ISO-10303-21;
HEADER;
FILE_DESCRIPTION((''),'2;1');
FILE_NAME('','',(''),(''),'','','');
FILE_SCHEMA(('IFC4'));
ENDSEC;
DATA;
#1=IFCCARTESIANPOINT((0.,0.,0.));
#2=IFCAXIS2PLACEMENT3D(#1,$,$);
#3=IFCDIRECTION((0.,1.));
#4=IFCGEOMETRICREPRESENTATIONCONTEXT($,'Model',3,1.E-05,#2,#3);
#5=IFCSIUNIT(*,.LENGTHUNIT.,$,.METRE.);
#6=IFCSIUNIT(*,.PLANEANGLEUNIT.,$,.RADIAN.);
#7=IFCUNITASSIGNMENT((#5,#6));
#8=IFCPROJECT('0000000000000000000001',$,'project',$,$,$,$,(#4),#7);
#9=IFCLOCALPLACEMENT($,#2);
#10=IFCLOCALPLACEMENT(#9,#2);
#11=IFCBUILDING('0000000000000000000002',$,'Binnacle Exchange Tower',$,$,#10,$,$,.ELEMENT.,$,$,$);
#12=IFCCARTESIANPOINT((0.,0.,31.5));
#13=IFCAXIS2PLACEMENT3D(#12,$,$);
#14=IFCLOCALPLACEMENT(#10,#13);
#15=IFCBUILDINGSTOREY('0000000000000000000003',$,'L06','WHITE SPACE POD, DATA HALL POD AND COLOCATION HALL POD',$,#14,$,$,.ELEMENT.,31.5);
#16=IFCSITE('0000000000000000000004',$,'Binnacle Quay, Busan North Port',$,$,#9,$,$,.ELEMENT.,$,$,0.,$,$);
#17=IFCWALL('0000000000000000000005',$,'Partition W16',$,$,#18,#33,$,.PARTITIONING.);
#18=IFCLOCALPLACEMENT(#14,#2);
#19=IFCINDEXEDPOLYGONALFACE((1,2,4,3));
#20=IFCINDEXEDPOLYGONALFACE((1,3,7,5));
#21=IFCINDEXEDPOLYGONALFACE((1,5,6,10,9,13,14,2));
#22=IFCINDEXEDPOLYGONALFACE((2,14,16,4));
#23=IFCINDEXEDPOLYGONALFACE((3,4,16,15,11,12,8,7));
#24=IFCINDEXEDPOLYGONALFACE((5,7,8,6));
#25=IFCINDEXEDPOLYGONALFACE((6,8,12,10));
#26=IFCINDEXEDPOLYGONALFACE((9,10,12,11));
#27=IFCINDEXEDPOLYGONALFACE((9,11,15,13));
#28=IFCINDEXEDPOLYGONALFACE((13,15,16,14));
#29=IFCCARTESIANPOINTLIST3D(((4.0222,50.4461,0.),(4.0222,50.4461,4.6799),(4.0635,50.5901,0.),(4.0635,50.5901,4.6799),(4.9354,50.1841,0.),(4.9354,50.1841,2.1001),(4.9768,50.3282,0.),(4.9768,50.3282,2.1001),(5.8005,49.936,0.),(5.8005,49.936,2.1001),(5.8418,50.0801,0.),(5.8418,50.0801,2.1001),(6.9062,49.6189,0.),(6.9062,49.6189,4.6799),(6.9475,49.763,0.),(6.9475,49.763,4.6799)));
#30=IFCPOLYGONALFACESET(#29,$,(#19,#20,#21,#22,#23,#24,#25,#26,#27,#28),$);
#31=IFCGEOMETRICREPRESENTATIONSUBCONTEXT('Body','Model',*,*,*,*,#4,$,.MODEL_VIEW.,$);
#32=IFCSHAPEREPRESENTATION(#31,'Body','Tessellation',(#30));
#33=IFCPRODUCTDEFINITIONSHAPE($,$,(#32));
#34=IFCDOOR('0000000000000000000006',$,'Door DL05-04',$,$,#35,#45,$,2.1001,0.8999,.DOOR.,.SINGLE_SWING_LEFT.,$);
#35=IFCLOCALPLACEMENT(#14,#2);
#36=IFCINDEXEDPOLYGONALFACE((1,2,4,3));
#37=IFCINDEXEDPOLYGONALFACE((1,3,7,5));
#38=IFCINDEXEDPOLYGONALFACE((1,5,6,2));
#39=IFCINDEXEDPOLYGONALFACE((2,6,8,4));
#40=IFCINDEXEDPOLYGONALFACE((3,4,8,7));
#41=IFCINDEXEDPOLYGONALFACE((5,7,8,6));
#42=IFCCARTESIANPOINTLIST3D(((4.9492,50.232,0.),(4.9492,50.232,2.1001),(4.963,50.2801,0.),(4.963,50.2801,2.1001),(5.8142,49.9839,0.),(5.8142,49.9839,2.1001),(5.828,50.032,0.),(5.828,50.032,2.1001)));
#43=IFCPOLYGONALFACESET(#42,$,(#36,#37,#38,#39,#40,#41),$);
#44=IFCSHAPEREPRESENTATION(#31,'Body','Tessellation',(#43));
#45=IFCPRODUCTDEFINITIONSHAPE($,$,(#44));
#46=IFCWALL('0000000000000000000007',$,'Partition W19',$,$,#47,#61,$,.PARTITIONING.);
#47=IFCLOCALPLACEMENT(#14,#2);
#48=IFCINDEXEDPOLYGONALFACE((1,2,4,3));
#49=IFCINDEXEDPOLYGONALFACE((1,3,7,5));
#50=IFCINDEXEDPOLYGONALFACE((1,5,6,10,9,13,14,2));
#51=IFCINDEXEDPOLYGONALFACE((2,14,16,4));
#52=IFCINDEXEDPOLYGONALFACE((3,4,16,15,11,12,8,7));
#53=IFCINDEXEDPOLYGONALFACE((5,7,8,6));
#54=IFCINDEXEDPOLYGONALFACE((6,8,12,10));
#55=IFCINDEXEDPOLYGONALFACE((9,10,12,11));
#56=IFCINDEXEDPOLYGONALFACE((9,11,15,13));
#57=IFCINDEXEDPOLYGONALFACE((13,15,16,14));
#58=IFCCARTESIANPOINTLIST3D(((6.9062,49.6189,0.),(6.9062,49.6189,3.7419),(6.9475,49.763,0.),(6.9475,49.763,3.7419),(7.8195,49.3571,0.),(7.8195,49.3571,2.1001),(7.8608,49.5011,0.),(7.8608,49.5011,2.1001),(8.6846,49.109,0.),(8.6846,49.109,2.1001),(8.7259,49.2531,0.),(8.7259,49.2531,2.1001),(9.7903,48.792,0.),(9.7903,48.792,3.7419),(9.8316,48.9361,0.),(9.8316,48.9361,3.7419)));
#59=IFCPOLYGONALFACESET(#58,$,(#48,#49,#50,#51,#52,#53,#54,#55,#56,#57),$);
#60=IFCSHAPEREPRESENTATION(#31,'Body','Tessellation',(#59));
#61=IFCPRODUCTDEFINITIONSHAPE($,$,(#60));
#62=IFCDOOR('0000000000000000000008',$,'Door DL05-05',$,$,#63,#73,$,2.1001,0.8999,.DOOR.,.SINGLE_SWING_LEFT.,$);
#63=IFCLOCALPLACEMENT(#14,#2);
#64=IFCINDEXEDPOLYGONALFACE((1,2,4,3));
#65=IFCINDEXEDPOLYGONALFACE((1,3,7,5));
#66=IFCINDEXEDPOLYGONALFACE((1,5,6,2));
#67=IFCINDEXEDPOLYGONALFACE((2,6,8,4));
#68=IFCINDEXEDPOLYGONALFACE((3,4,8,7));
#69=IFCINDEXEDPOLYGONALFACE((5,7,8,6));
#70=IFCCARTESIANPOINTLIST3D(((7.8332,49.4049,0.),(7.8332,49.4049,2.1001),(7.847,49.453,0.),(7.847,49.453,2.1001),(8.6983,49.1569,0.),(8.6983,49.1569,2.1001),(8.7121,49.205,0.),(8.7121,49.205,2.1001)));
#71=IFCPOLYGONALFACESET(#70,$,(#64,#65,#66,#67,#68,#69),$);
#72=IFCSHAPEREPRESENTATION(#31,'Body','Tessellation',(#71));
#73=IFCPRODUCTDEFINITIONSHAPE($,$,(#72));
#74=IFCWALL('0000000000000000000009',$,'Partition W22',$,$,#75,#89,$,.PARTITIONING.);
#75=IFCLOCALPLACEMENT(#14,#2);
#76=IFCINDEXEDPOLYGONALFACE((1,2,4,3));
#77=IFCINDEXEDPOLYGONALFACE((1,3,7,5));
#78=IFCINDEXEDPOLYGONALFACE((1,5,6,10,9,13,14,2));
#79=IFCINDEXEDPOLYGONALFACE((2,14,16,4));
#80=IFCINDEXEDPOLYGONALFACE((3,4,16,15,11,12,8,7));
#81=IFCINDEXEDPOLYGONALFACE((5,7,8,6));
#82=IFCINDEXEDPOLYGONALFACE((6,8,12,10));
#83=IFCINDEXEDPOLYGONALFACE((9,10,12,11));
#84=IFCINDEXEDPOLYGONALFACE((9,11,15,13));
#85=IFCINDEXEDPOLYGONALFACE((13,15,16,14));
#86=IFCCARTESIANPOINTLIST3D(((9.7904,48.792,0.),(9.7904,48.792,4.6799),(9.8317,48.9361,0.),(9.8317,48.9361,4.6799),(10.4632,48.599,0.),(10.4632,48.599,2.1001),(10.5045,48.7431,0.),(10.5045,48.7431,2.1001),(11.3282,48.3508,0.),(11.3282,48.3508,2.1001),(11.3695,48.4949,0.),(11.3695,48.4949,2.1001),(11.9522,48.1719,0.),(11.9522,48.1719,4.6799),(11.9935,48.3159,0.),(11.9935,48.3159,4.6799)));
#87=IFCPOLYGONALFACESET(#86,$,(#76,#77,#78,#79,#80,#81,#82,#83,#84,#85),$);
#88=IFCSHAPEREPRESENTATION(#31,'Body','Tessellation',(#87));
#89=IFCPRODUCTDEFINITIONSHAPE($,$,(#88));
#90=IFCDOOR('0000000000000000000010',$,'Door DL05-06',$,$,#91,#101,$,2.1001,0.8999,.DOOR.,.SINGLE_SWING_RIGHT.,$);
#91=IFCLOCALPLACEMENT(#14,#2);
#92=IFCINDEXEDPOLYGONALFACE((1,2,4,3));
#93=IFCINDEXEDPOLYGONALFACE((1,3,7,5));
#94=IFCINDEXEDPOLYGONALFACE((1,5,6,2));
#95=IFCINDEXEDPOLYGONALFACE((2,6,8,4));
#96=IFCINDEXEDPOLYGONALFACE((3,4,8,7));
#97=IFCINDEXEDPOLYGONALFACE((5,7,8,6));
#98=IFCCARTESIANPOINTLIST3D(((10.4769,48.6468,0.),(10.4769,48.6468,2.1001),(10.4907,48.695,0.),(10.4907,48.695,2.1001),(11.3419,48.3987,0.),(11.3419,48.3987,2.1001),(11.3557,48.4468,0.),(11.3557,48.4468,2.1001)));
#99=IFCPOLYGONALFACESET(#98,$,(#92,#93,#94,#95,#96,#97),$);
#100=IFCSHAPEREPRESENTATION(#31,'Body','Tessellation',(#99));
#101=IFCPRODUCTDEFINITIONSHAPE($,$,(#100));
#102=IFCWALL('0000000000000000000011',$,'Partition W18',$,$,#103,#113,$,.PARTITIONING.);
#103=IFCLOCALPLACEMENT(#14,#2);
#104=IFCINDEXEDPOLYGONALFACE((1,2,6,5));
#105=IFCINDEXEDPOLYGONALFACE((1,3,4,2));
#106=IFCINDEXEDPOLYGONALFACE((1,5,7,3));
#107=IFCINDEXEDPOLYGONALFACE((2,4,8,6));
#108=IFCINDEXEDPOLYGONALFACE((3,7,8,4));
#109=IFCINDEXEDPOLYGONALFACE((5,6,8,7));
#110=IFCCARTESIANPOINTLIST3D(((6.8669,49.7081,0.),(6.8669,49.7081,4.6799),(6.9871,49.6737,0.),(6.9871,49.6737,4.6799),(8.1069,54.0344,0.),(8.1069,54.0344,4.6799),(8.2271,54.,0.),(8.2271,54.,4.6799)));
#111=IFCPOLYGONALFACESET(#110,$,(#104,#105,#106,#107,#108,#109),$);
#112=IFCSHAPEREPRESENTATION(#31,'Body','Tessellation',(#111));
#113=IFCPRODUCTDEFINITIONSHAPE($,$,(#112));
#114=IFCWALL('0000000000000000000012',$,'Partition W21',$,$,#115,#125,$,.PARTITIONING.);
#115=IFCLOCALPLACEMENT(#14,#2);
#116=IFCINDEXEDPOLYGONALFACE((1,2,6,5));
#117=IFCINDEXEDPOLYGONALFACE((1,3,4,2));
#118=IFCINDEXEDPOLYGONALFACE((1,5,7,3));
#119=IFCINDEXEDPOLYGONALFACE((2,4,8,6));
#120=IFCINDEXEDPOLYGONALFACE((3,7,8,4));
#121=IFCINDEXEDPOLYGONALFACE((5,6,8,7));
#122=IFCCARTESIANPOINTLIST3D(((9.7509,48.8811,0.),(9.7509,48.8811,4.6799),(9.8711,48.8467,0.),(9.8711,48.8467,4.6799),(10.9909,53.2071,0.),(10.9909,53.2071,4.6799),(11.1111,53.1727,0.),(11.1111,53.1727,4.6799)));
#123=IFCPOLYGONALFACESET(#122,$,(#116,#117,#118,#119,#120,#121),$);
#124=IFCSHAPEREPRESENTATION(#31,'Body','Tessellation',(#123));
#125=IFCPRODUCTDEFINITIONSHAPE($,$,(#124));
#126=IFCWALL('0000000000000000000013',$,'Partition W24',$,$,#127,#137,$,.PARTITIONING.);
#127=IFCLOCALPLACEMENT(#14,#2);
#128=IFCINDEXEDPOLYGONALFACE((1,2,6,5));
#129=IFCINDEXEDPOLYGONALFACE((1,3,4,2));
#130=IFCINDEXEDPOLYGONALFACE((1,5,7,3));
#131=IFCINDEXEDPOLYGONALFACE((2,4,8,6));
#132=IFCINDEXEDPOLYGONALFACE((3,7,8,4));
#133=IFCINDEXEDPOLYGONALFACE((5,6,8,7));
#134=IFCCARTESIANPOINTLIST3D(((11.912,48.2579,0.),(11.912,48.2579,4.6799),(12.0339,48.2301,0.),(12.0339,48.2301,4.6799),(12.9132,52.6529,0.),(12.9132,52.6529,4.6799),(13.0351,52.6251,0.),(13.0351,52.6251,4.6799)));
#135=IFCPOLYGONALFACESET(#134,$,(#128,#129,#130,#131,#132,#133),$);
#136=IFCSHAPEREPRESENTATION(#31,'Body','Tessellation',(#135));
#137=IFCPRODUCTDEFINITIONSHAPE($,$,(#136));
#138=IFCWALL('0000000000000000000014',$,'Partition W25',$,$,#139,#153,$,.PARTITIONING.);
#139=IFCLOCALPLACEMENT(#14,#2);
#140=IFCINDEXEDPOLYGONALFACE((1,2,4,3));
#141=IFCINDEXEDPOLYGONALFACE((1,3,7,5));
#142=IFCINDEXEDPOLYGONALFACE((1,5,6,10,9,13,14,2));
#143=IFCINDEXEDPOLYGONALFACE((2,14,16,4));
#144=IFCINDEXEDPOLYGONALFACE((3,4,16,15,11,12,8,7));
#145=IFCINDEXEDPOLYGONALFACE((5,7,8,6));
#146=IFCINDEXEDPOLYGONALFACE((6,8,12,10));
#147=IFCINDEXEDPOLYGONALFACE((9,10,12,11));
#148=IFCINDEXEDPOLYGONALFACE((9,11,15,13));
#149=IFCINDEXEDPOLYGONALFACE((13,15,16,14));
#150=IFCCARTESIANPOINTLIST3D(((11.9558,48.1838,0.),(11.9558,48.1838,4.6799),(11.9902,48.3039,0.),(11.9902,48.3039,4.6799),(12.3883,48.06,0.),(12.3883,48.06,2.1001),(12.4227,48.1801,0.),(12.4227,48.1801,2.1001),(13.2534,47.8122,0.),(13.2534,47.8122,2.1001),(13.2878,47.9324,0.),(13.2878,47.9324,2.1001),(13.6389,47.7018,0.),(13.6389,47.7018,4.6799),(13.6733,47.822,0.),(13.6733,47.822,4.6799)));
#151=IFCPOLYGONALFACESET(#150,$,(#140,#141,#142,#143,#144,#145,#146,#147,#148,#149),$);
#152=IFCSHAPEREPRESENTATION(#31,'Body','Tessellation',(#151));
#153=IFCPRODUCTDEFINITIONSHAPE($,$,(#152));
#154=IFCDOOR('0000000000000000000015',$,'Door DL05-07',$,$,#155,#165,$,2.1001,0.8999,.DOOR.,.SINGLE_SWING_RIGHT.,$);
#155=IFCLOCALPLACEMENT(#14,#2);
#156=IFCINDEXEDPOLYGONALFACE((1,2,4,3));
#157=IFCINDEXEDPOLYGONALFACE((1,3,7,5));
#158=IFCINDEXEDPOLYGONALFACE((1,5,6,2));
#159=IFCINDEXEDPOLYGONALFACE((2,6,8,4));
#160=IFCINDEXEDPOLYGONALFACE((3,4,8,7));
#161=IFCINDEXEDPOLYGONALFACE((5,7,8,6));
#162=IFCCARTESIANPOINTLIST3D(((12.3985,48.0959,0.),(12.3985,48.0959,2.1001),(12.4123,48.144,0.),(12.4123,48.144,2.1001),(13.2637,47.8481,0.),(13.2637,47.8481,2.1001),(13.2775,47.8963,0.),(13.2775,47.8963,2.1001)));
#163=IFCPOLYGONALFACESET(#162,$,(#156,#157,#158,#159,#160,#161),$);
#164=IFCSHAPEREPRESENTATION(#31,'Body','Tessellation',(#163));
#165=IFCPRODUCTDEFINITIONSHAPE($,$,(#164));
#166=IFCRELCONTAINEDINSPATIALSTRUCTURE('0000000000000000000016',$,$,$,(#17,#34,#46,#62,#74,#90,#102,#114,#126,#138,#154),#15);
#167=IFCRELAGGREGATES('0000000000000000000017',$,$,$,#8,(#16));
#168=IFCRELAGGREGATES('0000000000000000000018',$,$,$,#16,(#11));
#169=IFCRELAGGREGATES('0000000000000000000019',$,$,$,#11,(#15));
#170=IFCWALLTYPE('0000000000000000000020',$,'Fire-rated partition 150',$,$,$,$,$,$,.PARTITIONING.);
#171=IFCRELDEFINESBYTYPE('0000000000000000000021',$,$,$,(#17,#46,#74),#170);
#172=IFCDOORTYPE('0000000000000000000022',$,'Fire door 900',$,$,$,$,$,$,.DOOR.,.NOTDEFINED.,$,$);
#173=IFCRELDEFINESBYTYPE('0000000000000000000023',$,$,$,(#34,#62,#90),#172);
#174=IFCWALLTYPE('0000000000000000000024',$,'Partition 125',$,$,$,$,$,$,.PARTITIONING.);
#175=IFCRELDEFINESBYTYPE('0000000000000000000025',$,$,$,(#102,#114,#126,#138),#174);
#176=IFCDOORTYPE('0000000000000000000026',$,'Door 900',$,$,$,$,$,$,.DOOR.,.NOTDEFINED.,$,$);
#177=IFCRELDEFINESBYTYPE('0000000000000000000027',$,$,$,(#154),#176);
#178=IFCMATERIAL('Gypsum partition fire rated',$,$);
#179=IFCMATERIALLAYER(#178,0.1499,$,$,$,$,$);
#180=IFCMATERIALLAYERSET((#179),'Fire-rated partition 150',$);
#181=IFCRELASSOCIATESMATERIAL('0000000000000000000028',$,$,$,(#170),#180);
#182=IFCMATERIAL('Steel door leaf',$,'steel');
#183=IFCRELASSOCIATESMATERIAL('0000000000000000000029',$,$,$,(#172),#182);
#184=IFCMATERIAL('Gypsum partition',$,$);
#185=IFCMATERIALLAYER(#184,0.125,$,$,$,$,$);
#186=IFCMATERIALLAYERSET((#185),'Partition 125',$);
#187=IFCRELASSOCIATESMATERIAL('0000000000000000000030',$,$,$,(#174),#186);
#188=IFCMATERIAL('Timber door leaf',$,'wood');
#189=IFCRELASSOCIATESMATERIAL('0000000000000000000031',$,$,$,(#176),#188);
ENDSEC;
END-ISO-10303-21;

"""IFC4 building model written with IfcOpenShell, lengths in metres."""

from ifc_helpers import new_model, si_unit, direction, frame, frame_2d, origin, place, context, subcontext, project, spatial, rectangle, extrude, material, layer, layer_set, type_object, element, fill, save


model = new_model("IFC4")

# Units and contexts
model_context = context("Model", 3, precision=1e-05, world=origin(), true_north=direction((0.0, 1.0)))
body_context = subcontext(model_context, "Body", "Model", "MODEL_VIEW")
ifc_project = project(units=[si_unit("LENGTHUNIT", "METRE"), si_unit("PLANEANGLEUNIT", "RADIAN")], contexts=[model_context])

# Site, building, storey
site_placement = place(None, origin())
site = spatial("IfcSite", under=ifc_project, at=site_placement, Name="Binnacle Quay, Busan North Port", CompositionType="ELEMENT", RefElevation=0.0)
building_placement = place(site_placement, origin())
building = spatial("IfcBuilding", under=site, at=building_placement, Name="Binnacle Exchange Tower", CompositionType="ELEMENT")
storey_placement = place(building_placement, frame((0.0, 0.0, 31.5)))
storey = spatial("IfcBuildingStorey", under=building, at=storey_placement, Name="L06", Description="WHITE SPACE POD, DATA HALL POD AND COLOCATION HALL POD", CompositionType="ELEMENT", Elevation=31.5)

# Walls, openings, doors
ifc_material_1 = material(Name="Gypsum partition fire rated")
ifc_layer_1 = layer(ifc_material_1, 0.1499)
ifc_layer_set_1 = layer_set([ifc_layer_1], Name="Fire-rated partition 150")
wall_type_1 = type_object("IfcWallType", Name="Fire-rated partition 150", PredefinedType="PARTITIONING", material=ifc_layer_set_1)
wall_1_placement = place(storey_placement, frame((4.043, 50.5181, 0.0), z_axis=(0.0, 0.0, 1.0), x_axis=(0.961247, -0.275688, 0.0)))
wall_1 = element("IfcWall", 1, at=wall_1_placement, inside=storey, type_object=wall_type_1, Name="Partition W16", PredefinedType="PARTITIONING", context=body_context, shape_type="SweptSolid", body=[
    extrude(rectangle(XDim=3.0002, YDim=0.1499, at=frame_2d((1.5, 0.0))), origin(), (0.0, 0.0, 1.0), 4.6799),
])
opening_1_placement = place(wall_1_placement, frame((0.95, 0.0, 0.0)))
opening_1 = element("IfcOpeningElement", 2, at=opening_1_placement, cuts=wall_1, PredefinedType="OPENING", context=body_context, shape_type="SweptSolid", body=[
    extrude(rectangle(XDim=0.8999, YDim=2.1001, at=frame_2d((0.45, 1.05))), frame((0.0, 0.085, 0.0), z_axis=(0.0, -1.0, 0.0), x_axis=(1.0, 0.0, 0.0)), (0.0, 0.0, 1.0), 0.1699),
])
ifc_material_2 = material(Name="Steel door leaf", Category="steel")
door_type_1 = type_object("IfcDoorType", Name="Fire door 900", OperationType="NOTDEFINED", PredefinedType="DOOR", material=ifc_material_2)
door_1_placement = place(opening_1_placement, origin())
door_1 = element("IfcDoor", 3, at=door_1_placement, inside=storey, type_object=door_type_1, Name="Door DL05-04", OperationType="SINGLE_SWING_LEFT", OverallHeight=2.1001, OverallWidth=0.8999, PredefinedType="DOOR", context=body_context, shape_type="SweptSolid", body=[
    extrude(rectangle(XDim=0.8999, YDim=2.1001, at=frame_2d((0.45, 1.05))), frame((0.0, 0.0249, 0.0), z_axis=(0.0, -1.0, 0.0), x_axis=(1.0, 0.0, 0.0)), (0.0, 0.0, 1.0), 0.05),
])
fill(opening_1, door_1)
wall_2_placement = place(storey_placement, frame((6.927, 49.6909, 0.0), z_axis=(0.0, 0.0, 1.0), x_axis=(0.961269, -0.275613, 0.0)))
wall_2 = element("IfcWall", 4, at=wall_2_placement, inside=storey, type_object=wall_type_1, Name="Partition W19", PredefinedType="PARTITIONING", context=body_context, shape_type="SweptSolid", body=[
    extrude(rectangle(XDim=3.0002, YDim=0.1499, at=frame_2d((1.5, 0.0))), origin(), (0.0, 0.0, 1.0), 3.7419),
])
opening_2_placement = place(wall_2_placement, frame((0.95, 0.0, 0.0)))
opening_2 = element("IfcOpeningElement", 5, at=opening_2_placement, cuts=wall_2, PredefinedType="OPENING", context=body_context, shape_type="SweptSolid", body=[
    extrude(rectangle(XDim=0.8999, YDim=2.1001, at=frame_2d((0.45, 1.05))), frame((0.0, 0.085, 0.0), z_axis=(0.0, -1.0, 0.0), x_axis=(1.0, 0.0, 0.0)), (0.0, 0.0, 1.0), 0.1699),
])
door_2_placement = place(opening_2_placement, origin())
door_2 = element("IfcDoor", 6, at=door_2_placement, inside=storey, type_object=door_type_1, Name="Door DL05-05", OperationType="SINGLE_SWING_LEFT", OverallHeight=2.1001, OverallWidth=0.8999, PredefinedType="DOOR", context=body_context, shape_type="SweptSolid", body=[
    extrude(rectangle(XDim=0.8999, YDim=2.1001, at=frame_2d((0.45, 1.05))), frame((0.0, 0.0249, 0.0), z_axis=(0.0, -1.0, 0.0), x_axis=(1.0, 0.0, 0.0)), (0.0, 0.0, 1.0), 0.05),
])
fill(opening_2, door_2)
wall_3_placement = place(storey_placement, frame((9.811, 48.864, 0.0), z_axis=(0.0, 0.0, 1.0), x_axis=(0.961237, -0.275725, 0.0)))
wall_3 = element("IfcWall", 7, at=wall_3_placement, inside=storey, type_object=wall_type_1, Name="Partition W22", PredefinedType="PARTITIONING", context=body_context, shape_type="SweptSolid", body=[
    extrude(rectangle(XDim=2.249, YDim=0.1499, at=frame_2d((1.1245, 0.0))), origin(), (0.0, 0.0, 1.0), 4.6799),
])
opening_3_placement = place(wall_3_placement, frame((0.7, 0.0, 0.0)))
opening_3 = element("IfcOpeningElement", 8, at=opening_3_placement, cuts=wall_3, PredefinedType="OPENING", context=body_context, shape_type="SweptSolid", body=[
    extrude(rectangle(XDim=0.8999, YDim=2.1001, at=frame_2d((0.45, 1.05))), frame((0.0, 0.085, 0.0), z_axis=(0.0, -1.0, 0.0), x_axis=(1.0, 0.0, 0.0)), (0.0, 0.0, 1.0), 0.1699),
])
door_3_placement = place(opening_3_placement, origin())
door_3 = element("IfcDoor", 9, at=door_3_placement, inside=storey, type_object=door_type_1, Name="Door DL05-06", OperationType="SINGLE_SWING_RIGHT", OverallHeight=2.1001, OverallWidth=0.8999, PredefinedType="DOOR", context=body_context, shape_type="SweptSolid", body=[
    extrude(rectangle(XDim=0.8999, YDim=2.1001, at=frame_2d((0.45, 1.05))), frame((0.0, 0.0249, 0.0), z_axis=(0.0, -1.0, 0.0), x_axis=(1.0, 0.0, 0.0)), (0.0, 0.0, 1.0), 0.05),
])
fill(opening_3, door_3)

# Walls
ifc_material_3 = material(Name="Gypsum partition")
ifc_layer_2 = layer(ifc_material_3, 0.125)
ifc_layer_set_2 = layer_set([ifc_layer_2], Name="Partition 125")
wall_type_2 = type_object("IfcWallType", Name="Partition 125", PredefinedType="PARTITIONING", material=ifc_layer_set_2)
wall_4_placement = place(storey_placement, frame((6.927, 49.6909, 0.0), z_axis=(0.0, 0.0, 1.0), x_axis=(0.275531, 0.961292, 0.0)))
element("IfcWall", 10, at=wall_4_placement, inside=storey, type_object=wall_type_2, Name="Partition W18", PredefinedType="PARTITIONING", context=body_context, shape_type="SweptSolid", body=[
    extrude(rectangle(XDim=4.5005, YDim=0.125, at=frame_2d((2.2502, 0.0))), origin(), (0.0, 0.0, 1.0), 4.6799),
])
wall_5_placement = place(storey_placement, frame((9.811, 48.864, 0.0), z_axis=(0.0, 0.0, 1.0), x_axis=(0.275545, 0.961288, 0.0)))
element("IfcWall", 11, at=wall_5_placement, inside=storey, type_object=wall_type_2, Name="Partition W21", PredefinedType="PARTITIONING", context=body_context, shape_type="SweptSolid", body=[
    extrude(rectangle(XDim=4.5002, YDim=0.125, at=frame_2d((2.25, 0.0))), origin(), (0.0, 0.0, 1.0), 4.6799),
])
wall_6_placement = place(storey_placement, frame((11.9729, 48.2439, 0.0), z_axis=(0.0, 0.0, 1.0), x_axis=(0.222117, 0.97502, 0.0)))
element("IfcWall", 12, at=wall_6_placement, inside=storey, type_object=wall_type_2, Name="Partition W24", PredefinedType="PARTITIONING", context=body_context, shape_type="SweptSolid", body=[
    extrude(rectangle(XDim=4.5076, YDim=0.125, at=frame_2d((2.2539, 0.0))), origin(), (0.0, 0.0, 1.0), 4.6799),
])

# Wall, opening, door
wall_7_placement = place(storey_placement, frame((11.9729, 48.2439, 0.0), z_axis=(0.0, 0.0, 1.0), x_axis=(0.961366, -0.275274, 0.0)))
wall_7 = element("IfcWall", 13, at=wall_7_placement, inside=storey, type_object=wall_type_2, Name="Partition W25", PredefinedType="PARTITIONING", context=body_context, shape_type="SweptSolid", body=[
    extrude(rectangle(XDim=1.7507, YDim=0.125, at=frame_2d((0.8755, 0.0))), origin(), (0.0, 0.0, 1.0), 4.6799),
])
opening_4_placement = place(wall_7_placement, frame((0.45, 0.0, 0.0)))
opening_4 = element("IfcOpeningElement", 14, at=opening_4_placement, cuts=wall_7, PredefinedType="OPENING", context=body_context, shape_type="SweptSolid", body=[
    extrude(rectangle(XDim=0.8999, YDim=2.1001, at=frame_2d((0.45, 1.05))), frame((0.0, 0.0725, 0.0), z_axis=(0.0, -1.0, 0.0), x_axis=(1.0, 0.0, 0.0)), (0.0, 0.0, 1.0), 0.145),
])
ifc_material_4 = material(Name="Timber door leaf", Category="wood")
door_type_2 = type_object("IfcDoorType", Name="Door 900", OperationType="NOTDEFINED", PredefinedType="DOOR", material=ifc_material_4)
door_4_placement = place(opening_4_placement, origin())
door_4 = element("IfcDoor", 15, at=door_4_placement, inside=storey, type_object=door_type_2, Name="Door DL05-07", OperationType="SINGLE_SWING_RIGHT", OverallHeight=2.1001, OverallWidth=0.8999, PredefinedType="DOOR", context=body_context, shape_type="SweptSolid", body=[
    extrude(rectangle(XDim=0.8999, YDim=2.1001, at=frame_2d((0.45, 1.05))), frame((0.0, 0.0249, 0.0), z_axis=(0.0, -1.0, 0.0), x_axis=(1.0, 0.0, 0.0)), (0.0, 0.0, 1.0), 0.05),
])
fill(opening_4, door_4)

save(model, "model.ifc")
